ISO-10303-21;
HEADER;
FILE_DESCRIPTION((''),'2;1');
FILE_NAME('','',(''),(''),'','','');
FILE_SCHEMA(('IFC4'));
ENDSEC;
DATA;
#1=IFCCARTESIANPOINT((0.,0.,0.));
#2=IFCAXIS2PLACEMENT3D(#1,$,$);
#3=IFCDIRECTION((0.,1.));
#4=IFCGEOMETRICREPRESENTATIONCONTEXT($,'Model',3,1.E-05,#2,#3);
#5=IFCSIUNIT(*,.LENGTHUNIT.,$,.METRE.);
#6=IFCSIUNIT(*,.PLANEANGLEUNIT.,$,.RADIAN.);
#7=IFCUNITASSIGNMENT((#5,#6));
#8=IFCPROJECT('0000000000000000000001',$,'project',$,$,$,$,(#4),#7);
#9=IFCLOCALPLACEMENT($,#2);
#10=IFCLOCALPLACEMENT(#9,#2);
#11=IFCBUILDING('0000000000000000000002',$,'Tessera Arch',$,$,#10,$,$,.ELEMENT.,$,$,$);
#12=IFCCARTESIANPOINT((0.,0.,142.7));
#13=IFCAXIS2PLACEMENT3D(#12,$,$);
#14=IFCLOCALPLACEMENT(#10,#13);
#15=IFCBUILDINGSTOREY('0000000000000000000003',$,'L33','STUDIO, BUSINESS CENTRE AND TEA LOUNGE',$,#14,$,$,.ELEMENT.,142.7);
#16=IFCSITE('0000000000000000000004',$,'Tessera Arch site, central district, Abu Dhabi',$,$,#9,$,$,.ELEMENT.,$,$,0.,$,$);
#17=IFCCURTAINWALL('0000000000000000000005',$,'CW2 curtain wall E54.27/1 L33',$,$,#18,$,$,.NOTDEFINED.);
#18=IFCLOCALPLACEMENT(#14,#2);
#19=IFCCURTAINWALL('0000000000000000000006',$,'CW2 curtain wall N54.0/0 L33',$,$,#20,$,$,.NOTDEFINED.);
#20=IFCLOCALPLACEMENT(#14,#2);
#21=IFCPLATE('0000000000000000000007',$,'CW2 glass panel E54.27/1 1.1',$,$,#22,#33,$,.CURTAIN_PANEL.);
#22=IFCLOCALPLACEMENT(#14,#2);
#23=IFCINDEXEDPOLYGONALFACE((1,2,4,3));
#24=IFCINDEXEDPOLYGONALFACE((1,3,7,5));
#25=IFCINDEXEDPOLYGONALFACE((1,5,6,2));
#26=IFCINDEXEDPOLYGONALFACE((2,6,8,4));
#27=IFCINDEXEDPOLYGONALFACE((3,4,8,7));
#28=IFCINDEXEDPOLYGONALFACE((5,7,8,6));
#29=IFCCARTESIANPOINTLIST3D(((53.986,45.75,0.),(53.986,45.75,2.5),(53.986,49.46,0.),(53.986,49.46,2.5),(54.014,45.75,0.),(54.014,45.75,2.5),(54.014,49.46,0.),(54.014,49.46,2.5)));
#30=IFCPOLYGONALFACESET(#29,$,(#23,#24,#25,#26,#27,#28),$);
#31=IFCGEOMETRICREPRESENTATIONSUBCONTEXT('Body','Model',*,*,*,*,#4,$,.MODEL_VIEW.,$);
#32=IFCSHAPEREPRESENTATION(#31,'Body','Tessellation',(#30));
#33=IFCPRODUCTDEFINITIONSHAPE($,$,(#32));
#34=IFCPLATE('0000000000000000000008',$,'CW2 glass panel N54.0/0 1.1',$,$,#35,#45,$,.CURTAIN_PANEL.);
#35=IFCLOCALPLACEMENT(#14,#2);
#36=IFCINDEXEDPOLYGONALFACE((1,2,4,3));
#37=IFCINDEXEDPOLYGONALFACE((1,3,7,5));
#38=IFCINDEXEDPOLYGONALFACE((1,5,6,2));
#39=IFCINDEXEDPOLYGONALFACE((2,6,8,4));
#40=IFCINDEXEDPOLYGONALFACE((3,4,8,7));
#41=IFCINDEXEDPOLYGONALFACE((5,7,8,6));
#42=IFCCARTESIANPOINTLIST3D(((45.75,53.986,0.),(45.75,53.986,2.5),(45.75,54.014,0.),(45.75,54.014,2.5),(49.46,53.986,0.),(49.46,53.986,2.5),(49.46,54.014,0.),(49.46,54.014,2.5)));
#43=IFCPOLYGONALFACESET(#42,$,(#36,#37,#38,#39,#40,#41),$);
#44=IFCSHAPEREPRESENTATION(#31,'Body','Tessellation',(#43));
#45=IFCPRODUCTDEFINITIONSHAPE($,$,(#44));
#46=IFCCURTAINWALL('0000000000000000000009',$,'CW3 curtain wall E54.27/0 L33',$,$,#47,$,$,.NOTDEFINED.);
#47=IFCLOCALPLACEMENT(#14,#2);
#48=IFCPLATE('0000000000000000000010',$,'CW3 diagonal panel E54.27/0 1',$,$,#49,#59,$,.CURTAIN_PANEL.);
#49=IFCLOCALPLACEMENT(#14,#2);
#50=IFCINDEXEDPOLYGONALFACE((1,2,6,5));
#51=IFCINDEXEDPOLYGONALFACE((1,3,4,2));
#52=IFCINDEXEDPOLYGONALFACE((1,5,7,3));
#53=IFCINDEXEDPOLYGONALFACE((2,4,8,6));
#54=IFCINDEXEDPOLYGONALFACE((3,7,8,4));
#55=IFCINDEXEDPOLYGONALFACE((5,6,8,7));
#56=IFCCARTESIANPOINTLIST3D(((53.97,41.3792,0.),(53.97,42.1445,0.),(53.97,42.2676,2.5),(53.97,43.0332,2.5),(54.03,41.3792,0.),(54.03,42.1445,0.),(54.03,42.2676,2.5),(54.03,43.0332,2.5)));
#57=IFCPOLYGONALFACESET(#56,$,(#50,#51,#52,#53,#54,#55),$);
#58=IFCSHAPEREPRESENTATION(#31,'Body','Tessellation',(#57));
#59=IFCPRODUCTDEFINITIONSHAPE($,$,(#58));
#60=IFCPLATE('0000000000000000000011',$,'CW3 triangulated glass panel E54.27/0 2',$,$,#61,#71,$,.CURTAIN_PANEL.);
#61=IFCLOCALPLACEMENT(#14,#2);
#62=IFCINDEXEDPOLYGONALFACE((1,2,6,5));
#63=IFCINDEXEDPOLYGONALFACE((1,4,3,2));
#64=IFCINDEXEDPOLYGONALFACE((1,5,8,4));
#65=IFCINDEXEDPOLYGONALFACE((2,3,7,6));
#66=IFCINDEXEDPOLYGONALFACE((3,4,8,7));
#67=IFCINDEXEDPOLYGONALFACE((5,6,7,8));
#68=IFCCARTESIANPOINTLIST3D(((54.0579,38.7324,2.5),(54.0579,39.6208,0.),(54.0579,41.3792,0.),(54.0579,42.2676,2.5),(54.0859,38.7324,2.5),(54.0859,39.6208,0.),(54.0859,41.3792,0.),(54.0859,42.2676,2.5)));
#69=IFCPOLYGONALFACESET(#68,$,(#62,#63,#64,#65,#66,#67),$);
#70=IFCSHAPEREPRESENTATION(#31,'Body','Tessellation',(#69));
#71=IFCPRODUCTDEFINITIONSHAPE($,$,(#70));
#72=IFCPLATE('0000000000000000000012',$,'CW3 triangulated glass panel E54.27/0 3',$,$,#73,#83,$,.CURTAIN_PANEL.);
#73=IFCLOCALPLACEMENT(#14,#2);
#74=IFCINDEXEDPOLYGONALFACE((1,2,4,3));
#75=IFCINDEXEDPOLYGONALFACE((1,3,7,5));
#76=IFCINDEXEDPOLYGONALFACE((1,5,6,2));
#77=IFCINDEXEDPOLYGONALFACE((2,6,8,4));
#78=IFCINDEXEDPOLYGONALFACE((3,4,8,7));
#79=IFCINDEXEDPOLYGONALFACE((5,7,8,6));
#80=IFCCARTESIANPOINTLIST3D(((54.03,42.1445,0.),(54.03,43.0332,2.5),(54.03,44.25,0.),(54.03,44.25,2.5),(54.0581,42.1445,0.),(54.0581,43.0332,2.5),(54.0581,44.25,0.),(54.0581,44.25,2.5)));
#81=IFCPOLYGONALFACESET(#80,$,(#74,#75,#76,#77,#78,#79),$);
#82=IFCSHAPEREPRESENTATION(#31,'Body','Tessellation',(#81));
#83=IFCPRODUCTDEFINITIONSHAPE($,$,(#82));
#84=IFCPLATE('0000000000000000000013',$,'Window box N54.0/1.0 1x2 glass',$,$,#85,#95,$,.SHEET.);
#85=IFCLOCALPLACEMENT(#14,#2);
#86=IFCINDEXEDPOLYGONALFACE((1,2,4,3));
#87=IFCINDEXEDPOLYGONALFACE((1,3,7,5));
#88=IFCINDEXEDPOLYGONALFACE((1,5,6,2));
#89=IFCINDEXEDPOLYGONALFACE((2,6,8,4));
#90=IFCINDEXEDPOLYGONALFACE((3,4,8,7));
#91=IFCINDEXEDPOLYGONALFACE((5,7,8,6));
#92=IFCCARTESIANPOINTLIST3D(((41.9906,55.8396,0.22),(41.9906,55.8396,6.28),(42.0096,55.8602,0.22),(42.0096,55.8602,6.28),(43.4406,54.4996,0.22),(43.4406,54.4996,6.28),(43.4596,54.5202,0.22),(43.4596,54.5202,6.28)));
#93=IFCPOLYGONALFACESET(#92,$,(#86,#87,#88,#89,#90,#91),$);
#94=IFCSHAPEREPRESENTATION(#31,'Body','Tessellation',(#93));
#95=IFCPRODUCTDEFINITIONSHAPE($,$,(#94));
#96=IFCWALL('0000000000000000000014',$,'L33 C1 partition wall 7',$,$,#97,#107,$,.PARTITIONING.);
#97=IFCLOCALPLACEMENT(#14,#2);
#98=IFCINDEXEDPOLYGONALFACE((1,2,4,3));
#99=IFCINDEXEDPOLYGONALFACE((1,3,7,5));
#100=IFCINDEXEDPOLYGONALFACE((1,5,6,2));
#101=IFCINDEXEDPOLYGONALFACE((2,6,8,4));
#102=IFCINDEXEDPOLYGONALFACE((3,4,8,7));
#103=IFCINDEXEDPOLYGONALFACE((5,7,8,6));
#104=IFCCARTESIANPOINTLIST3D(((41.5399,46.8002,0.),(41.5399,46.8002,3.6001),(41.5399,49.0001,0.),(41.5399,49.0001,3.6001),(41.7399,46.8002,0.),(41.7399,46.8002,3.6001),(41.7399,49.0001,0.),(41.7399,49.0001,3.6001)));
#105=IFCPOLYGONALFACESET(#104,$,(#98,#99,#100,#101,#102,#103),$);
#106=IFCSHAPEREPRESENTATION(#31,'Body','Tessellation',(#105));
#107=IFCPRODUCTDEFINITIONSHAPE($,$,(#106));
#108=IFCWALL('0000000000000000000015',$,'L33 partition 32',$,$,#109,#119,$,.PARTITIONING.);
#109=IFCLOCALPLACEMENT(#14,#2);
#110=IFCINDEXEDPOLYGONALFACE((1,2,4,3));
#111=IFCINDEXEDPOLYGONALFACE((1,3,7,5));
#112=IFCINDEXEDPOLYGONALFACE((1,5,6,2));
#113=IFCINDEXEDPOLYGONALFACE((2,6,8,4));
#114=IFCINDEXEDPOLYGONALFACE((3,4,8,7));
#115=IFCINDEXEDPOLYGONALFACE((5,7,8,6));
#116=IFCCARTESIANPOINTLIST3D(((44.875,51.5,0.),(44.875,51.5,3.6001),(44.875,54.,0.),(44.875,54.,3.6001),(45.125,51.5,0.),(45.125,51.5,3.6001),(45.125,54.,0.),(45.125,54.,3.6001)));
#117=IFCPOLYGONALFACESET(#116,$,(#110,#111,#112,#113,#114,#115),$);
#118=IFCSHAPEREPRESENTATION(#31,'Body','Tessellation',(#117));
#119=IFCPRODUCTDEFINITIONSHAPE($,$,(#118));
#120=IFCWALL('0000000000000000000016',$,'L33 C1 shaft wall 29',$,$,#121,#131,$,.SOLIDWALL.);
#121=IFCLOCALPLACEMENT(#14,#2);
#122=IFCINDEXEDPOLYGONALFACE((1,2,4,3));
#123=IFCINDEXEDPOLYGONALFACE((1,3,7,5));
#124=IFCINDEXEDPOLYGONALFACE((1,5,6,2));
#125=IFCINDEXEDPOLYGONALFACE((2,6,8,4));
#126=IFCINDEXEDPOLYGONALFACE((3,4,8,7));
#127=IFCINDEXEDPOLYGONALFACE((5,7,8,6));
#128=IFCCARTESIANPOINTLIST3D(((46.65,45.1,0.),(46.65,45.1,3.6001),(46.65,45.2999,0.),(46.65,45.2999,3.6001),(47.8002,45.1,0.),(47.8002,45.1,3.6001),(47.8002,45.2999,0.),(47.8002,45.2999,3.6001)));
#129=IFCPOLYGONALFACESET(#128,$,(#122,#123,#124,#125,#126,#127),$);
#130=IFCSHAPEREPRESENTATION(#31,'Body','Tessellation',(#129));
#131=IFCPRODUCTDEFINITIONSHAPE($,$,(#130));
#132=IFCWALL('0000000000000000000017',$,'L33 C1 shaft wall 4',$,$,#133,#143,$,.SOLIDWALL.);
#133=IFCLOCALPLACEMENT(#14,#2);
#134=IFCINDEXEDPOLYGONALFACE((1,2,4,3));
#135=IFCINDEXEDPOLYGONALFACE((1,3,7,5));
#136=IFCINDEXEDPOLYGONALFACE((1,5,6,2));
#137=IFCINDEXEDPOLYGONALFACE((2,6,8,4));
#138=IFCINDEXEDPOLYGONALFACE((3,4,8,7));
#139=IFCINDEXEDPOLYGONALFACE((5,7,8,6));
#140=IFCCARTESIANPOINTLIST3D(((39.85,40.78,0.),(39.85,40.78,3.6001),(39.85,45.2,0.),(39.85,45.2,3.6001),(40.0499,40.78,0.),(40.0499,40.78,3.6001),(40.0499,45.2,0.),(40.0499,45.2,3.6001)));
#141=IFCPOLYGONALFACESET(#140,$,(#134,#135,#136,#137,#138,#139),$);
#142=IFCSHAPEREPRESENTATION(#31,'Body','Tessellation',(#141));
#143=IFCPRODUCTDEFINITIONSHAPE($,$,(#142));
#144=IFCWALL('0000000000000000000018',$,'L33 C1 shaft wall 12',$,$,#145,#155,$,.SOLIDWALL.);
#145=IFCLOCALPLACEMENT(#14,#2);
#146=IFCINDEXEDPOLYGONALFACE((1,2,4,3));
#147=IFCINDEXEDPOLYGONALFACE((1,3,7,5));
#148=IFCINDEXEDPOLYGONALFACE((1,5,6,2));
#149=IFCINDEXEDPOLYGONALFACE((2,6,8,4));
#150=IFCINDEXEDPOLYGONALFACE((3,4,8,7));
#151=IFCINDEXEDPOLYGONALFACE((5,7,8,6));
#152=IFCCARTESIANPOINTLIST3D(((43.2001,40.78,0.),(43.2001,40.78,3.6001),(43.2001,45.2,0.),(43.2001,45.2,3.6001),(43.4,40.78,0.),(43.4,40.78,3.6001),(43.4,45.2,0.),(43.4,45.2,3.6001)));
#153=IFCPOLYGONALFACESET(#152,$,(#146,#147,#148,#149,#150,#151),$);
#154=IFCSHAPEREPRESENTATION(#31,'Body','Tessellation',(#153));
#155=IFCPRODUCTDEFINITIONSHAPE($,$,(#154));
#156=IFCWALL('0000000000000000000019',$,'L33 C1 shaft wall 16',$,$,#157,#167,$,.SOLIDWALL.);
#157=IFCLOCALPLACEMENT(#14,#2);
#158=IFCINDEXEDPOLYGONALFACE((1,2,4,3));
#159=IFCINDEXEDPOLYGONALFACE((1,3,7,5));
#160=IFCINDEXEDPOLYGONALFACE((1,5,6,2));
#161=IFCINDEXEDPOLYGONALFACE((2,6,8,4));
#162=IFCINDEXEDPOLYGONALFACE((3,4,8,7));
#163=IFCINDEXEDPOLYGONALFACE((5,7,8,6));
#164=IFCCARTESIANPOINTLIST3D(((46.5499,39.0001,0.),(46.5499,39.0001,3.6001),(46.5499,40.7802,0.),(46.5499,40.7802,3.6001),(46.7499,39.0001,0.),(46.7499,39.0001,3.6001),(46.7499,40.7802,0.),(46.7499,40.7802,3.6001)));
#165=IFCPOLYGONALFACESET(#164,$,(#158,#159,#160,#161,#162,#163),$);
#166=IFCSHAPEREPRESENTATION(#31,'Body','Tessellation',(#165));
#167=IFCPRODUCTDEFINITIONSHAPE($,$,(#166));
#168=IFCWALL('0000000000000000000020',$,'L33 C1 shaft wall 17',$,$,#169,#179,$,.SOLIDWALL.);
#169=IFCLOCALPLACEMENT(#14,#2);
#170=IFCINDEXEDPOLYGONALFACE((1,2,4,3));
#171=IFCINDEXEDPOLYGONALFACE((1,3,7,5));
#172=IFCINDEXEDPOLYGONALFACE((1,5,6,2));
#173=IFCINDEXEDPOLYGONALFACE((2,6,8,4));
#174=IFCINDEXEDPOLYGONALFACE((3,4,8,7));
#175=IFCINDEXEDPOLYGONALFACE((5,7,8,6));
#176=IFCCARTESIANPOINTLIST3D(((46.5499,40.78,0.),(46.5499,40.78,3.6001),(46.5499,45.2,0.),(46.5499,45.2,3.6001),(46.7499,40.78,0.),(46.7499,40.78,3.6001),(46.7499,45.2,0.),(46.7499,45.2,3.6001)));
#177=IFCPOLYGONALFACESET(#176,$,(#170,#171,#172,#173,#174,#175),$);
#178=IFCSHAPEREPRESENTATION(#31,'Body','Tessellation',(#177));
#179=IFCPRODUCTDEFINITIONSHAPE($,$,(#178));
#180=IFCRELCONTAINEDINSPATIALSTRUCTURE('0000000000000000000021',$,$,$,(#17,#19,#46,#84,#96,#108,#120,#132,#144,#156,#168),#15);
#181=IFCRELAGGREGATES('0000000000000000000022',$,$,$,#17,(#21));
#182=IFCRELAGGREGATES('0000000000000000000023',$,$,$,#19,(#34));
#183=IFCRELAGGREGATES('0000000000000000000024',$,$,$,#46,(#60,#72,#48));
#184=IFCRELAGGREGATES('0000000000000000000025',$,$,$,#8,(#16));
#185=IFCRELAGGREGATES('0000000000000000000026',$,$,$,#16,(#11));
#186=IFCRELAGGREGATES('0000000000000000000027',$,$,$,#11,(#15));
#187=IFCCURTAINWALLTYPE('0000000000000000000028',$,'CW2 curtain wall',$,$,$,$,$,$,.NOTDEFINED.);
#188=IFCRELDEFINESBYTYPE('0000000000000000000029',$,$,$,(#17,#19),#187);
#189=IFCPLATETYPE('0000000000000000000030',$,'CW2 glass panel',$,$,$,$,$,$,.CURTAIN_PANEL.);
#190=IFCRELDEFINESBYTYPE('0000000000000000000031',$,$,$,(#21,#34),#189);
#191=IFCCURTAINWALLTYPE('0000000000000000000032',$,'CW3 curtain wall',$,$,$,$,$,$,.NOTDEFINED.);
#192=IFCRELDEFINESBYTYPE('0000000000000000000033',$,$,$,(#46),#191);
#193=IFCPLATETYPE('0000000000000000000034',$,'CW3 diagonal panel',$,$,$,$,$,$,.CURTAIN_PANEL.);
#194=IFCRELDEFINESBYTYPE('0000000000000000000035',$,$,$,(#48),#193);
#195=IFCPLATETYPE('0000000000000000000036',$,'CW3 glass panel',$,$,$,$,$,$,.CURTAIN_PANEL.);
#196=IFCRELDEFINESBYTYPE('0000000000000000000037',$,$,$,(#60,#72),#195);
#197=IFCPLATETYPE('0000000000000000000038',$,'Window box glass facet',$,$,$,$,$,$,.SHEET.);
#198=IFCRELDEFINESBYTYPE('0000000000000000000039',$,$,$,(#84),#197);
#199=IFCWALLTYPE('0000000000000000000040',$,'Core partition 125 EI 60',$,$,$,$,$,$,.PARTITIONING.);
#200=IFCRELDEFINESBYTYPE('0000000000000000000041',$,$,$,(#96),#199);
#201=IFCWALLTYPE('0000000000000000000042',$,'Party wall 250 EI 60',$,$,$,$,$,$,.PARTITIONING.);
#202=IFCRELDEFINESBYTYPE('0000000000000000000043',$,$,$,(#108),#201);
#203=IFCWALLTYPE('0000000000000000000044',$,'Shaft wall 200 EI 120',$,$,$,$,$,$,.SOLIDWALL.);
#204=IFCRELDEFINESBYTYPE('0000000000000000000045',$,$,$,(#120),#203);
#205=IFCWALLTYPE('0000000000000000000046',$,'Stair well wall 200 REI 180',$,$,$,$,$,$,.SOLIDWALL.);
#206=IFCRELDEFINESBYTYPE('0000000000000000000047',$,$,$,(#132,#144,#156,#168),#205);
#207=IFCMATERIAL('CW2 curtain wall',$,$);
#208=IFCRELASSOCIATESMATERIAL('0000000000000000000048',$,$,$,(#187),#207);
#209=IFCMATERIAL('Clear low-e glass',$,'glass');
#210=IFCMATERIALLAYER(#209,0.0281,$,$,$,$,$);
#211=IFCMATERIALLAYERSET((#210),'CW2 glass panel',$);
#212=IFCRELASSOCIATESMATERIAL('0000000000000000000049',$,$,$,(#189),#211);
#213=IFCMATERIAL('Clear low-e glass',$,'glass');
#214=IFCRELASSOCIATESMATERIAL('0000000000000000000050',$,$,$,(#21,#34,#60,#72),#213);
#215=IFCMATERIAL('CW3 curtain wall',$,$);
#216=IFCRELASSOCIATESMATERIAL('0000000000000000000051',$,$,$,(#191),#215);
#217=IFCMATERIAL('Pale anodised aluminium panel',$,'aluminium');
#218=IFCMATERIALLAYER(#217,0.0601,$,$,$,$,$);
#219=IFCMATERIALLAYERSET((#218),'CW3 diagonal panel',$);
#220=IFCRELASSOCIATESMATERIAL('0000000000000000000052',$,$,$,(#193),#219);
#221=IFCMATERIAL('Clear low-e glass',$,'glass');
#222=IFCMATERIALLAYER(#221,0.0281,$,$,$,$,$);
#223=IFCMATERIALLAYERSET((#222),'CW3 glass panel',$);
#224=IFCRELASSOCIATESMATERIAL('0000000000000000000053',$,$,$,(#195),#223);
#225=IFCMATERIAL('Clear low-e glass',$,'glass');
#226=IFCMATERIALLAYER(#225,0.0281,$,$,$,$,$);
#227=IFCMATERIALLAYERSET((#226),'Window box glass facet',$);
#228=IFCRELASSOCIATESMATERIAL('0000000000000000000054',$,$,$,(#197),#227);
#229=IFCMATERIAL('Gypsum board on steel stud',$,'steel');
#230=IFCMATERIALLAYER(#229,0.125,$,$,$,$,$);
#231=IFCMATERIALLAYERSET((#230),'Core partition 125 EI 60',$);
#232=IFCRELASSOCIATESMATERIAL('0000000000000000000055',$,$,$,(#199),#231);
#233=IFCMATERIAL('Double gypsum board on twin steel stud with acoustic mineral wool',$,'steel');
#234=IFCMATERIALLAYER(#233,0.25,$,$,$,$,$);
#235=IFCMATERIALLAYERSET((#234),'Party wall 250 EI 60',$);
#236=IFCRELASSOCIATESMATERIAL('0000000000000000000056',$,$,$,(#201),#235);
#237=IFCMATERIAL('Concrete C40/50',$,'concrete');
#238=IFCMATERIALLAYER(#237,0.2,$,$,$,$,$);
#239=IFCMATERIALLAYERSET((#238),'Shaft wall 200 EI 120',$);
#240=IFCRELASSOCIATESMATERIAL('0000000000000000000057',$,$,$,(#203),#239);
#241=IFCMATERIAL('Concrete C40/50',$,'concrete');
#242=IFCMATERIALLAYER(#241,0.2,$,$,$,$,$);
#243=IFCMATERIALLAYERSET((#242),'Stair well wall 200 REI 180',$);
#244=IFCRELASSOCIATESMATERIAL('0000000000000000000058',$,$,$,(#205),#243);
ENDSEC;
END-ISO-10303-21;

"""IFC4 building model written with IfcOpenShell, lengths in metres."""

from ifc_helpers import new_model, si_unit, direction, frame, frame_2d, origin, origin_2d, place, context, subcontext, project, spatial, polyline, rectangle, outline, extrude, material, layer, layer_set, type_object, element, aggregate, save


model = new_model("IFC4")

# Units and contexts
model_context = context("Model", 3, precision=1e-05, world=origin(), true_north=direction((0.0, 1.0)))
body_context = subcontext(model_context, "Body", "Model", "MODEL_VIEW")
ifc_project = project(units=[si_unit("LENGTHUNIT", "METRE"), si_unit("PLANEANGLEUNIT", "RADIAN")], contexts=[model_context])

# Site, building, storey
site_placement = place(None, origin())
site = spatial("IfcSite", under=ifc_project, at=site_placement, Name="Tessera Arch site, central district, Abu Dhabi", CompositionType="ELEMENT", RefElevation=0.0)
building_placement = place(site_placement, origin())
building = spatial("IfcBuilding", under=site, at=building_placement, Name="Tessera Arch", CompositionType="ELEMENT")
storey_placement = place(building_placement, frame((0.0, 0.0, 142.7)))
storey = spatial("IfcBuildingStorey", under=building, at=storey_placement, Name="L33", Description="STUDIO, BUSINESS CENTRE AND TEA LOUNGE", CompositionType="ELEMENT", Elevation=142.7)

# Curtain walls
ifc_material_1 = material(Name="CW2 curtain wall")
curtain_wall_type_1 = type_object("IfcCurtainWallType", Name="CW2 curtain wall", PredefinedType="NOTDEFINED", material=ifc_material_1)
curtain_wall_1_placement = place(storey_placement, origin())
curtain_wall_1 = element("IfcCurtainWall", 1, at=curtain_wall_1_placement, inside=storey, type_object=curtain_wall_type_1, Name="CW2 curtain wall E54.27/1 L33", PredefinedType="NOTDEFINED")
curtain_wall_2_placement = place(storey_placement, origin())
curtain_wall_2 = element("IfcCurtainWall", 2, at=curtain_wall_2_placement, inside=storey, type_object=curtain_wall_type_1, Name="CW2 curtain wall N54.0/0 L33", PredefinedType="NOTDEFINED")

# Plates
ifc_material_2 = material(Name="Clear low-e glass", Category="glass")
ifc_material_3 = material(Name="Clear low-e glass", Category="glass")
ifc_layer_1 = layer(ifc_material_3, 0.0281)
ifc_layer_set_1 = layer_set([ifc_layer_1], Name="CW2 glass panel")
plate_type_1 = type_object("IfcPlateType", Name="CW2 glass panel", PredefinedType="CURTAIN_PANEL", material=ifc_layer_set_1)
plate_1_placement = place(storey_placement, frame((54.0, 47.605, 0.0), z_axis=(0.0, 0.0, 1.0), x_axis=(0.0, 1.0, 0.0)))
plate_1 = element("IfcPlate", 3, at=plate_1_placement, type_object=plate_type_1, material=ifc_material_2, Name="CW2 glass panel E54.27/1 1.1", PredefinedType="CURTAIN_PANEL", context=body_context, shape_type="SweptSolid", body=[
    extrude(rectangle(XDim=3.71, YDim=0.0281, at=origin_2d()), origin(), (0.0, 0.0, 1.0), 2.5),
])
aggregate(curtain_wall_1, [plate_1])
plate_2_placement = place(storey_placement, frame((47.605, 54.0, 0.0), z_axis=(0.0, 0.0, 1.0), x_axis=(-1.0, 0.0, 0.0)))
plate_2 = element("IfcPlate", 4, at=plate_2_placement, type_object=plate_type_1, material=ifc_material_2, Name="CW2 glass panel N54.0/0 1.1", PredefinedType="CURTAIN_PANEL", context=body_context, shape_type="SweptSolid", body=[
    extrude(rectangle(XDim=3.71, YDim=0.0281, at=origin_2d()), origin(), (0.0, 0.0, 1.0), 2.5),
])
aggregate(curtain_wall_2, [plate_2])

# Curtain wall, plates
ifc_material_4 = material(Name="CW3 curtain wall")
curtain_wall_type_2 = type_object("IfcCurtainWallType", Name="CW3 curtain wall", PredefinedType="NOTDEFINED", material=ifc_material_4)
curtain_wall_3_placement = place(storey_placement, origin())
curtain_wall_3 = element("IfcCurtainWall", 5, at=curtain_wall_3_placement, inside=storey, type_object=curtain_wall_type_2, Name="CW3 curtain wall E54.27/0 L33", PredefinedType="NOTDEFINED")
ifc_material_5 = material(Name="Pale anodised aluminium panel", Category="aluminium")
ifc_layer_2 = layer(ifc_material_5, 0.0601)
ifc_layer_set_2 = layer_set([ifc_layer_2], Name="CW3 diagonal panel")
plate_type_2 = type_object("IfcPlateType", Name="CW3 diagonal panel", PredefinedType="CURTAIN_PANEL", material=ifc_layer_set_2)
plate_3_placement = place(storey_placement, frame((54.03, 43.0332, 2.5), z_axis=(1.0, 0.0, 0.0), x_axis=(0.0, -1.0, 0.0)))
plate_3 = element("IfcPlate", 6, at=plate_3_placement, type_object=plate_type_2, Name="CW3 diagonal panel E54.27/0 1", PredefinedType="CURTAIN_PANEL", context=body_context, shape_type="SweptSolid", body=[
    extrude(outline(polyline([(0.0, 0.0), (0.7656, 0.0), (1.6541, 2.5), (0.8887, 2.5), (0.0, 0.0)])), origin(), (0.0, 0.0, -1.0), 0.0601),
])
ifc_material_6 = material(Name="Clear low-e glass", Category="glass")
ifc_layer_3 = layer(ifc_material_6, 0.0281)
ifc_layer_set_3 = layer_set([ifc_layer_3], Name="CW3 glass panel")
plate_type_3 = type_object("IfcPlateType", Name="CW3 glass panel", PredefinedType="CURTAIN_PANEL", material=ifc_layer_set_3)
plate_4_placement = place(storey_placement, frame((54.0859, 42.2676, 2.5), z_axis=(1.0, 0.0, 0.0), x_axis=(0.0, -1.0, 0.0)))
plate_4 = element("IfcPlate", 7, at=plate_4_placement, type_object=plate_type_3, material=ifc_material_2, Name="CW3 triangulated glass panel E54.27/0 2", PredefinedType="CURTAIN_PANEL", context=body_context, shape_type="SweptSolid", body=[
    extrude(outline(polyline([(0.0, 0.0), (3.5352, 0.0), (2.6467, 2.5), (0.8884, 2.5), (0.0, 0.0)])), origin(), (0.0, 0.0, -1.0), 0.0281),
])
plate_5_placement = place(storey_placement, frame((54.0581, 44.25, 2.5), z_axis=(1.0, 0.0, 0.0), x_axis=(0.0, -1.0, 0.0)))
plate_5 = element("IfcPlate", 8, at=plate_5_placement, type_object=plate_type_3, material=ifc_material_2, Name="CW3 triangulated glass panel E54.27/0 3", PredefinedType="CURTAIN_PANEL", context=body_context, shape_type="SweptSolid", body=[
    extrude(outline(polyline([(0.0, 0.0), (1.2168, 0.0), (2.1055, 2.5), (0.0, 2.5), (0.0, 0.0)])), origin(), (0.0, 0.0, -1.0), 0.0281),
])
aggregate(curtain_wall_3, [plate_4, plate_5, plate_3])

# Plate
ifc_material_7 = material(Name="Clear low-e glass", Category="glass")
ifc_layer_4 = layer(ifc_material_7, 0.0281)
ifc_layer_set_4 = layer_set([ifc_layer_4], Name="Window box glass facet")
plate_type_4 = type_object("IfcPlateType", Name="Window box glass facet", PredefinedType="SHEET", material=ifc_layer_set_4)
plate_6_placement = place(storey_placement, frame((42.7251, 55.1799, 0.22), z_axis=(0.0, 0.0, 1.0), x_axis=(-0.734415, 0.678701, 0.0)))
element("IfcPlate", 9, at=plate_6_placement, inside=storey, type_object=plate_type_4, Name="Window box N54.0/1.0 1x2 glass", PredefinedType="SHEET", context=body_context, shape_type="SweptSolid", body=[
    extrude(rectangle(XDim=1.9744, YDim=0.0281, at=origin_2d()), origin(), (0.0, 0.0, 1.0), 6.0601),
])

# Walls
ifc_material_8 = material(Name="Gypsum board on steel stud", Category="steel")
ifc_layer_5 = layer(ifc_material_8, 0.125)
ifc_layer_set_5 = layer_set([ifc_layer_5], Name="Core partition 125 EI 60")
wall_type_1 = type_object("IfcWallType", Name="Core partition 125 EI 60", PredefinedType="PARTITIONING", material=ifc_layer_set_5)
wall_1_placement = place(storey_placement, frame((41.6399, 46.8, 0.0), z_axis=(0.0, 0.0, 1.0), x_axis=(0.0, 1.0, 0.0)))
element("IfcWall", 10, at=wall_1_placement, inside=storey, type_object=wall_type_1, Name="L33 C1 partition wall 7", PredefinedType="PARTITIONING", context=body_context, shape_type="SweptSolid", body=[
    extrude(rectangle(XDim=2.2, YDim=0.2, at=frame_2d((1.1001, 0.0))), origin(), (0.0, 0.0, 1.0), 3.6001),
])
ifc_material_9 = material(Name="Double gypsum board on twin steel stud with acoustic mineral wool", Category="steel")
ifc_layer_6 = layer(ifc_material_9, 0.25)
ifc_layer_set_6 = layer_set([ifc_layer_6], Name="Party wall 250 EI 60")
wall_type_2 = type_object("IfcWallType", Name="Party wall 250 EI 60", PredefinedType="PARTITIONING", material=ifc_layer_set_6)
wall_2_placement = place(storey_placement, frame((45.0, 51.5, 0.0), z_axis=(0.0, 0.0, 1.0), x_axis=(0.0, 1.0, 0.0)))
element("IfcWall", 11, at=wall_2_placement, inside=storey, type_object=wall_type_2, Name="L33 partition 32", PredefinedType="PARTITIONING", context=body_context, shape_type="SweptSolid", body=[
    extrude(rectangle(XDim=2.5, YDim=0.25, at=frame_2d((1.25, 0.0))), origin(), (0.0, 0.0, 1.0), 3.6001),
])
ifc_material_10 = material(Name="Concrete C40/50", Category="concrete")
ifc_layer_7 = layer(ifc_material_10, 0.2)
ifc_layer_set_7 = layer_set([ifc_layer_7], Name="Shaft wall 200 EI 120")
wall_type_3 = type_object("IfcWallType", Name="Shaft wall 200 EI 120", PredefinedType="SOLIDWALL", material=ifc_layer_set_7)
wall_3_placement = place(storey_placement, frame((46.6499, 45.2, 0.0), z_axis=(0.0, 0.0, 1.0), x_axis=(1.0, 0.0, 0.0)))
element("IfcWall", 12, at=wall_3_placement, inside=storey, type_object=wall_type_3, Name="L33 C1 shaft wall 29", PredefinedType="SOLIDWALL", context=body_context, shape_type="SweptSolid", body=[
    extrude(rectangle(XDim=1.1501, YDim=0.2, at=frame_2d((0.5752, 0.0))), origin(), (0.0, 0.0, 1.0), 3.6001),
])
ifc_material_11 = material(Name="Concrete C40/50", Category="concrete")
ifc_layer_8 = layer(ifc_material_11, 0.2)
ifc_layer_set_8 = layer_set([ifc_layer_8], Name="Stair well wall 200 REI 180")
wall_type_4 = type_object("IfcWallType", Name="Stair well wall 200 REI 180", PredefinedType="SOLIDWALL", material=ifc_layer_set_8)
for number, where, z_axis, x_axis, name in (
    (13, (39.95, 40.78, 0.0), (0.0, 0.0, 1.0), (0.0, 1.0, 0.0), "L33 C1 shaft wall 4"),
    (14, (43.3, 40.78, 0.0), (0.0, 0.0, 1.0), (0.0, 1.0, 0.0), "L33 C1 shaft wall 12"),
):
    element("IfcWall", number, at=place(storey_placement, frame(where, z_axis=z_axis, x_axis=x_axis)), inside=storey, type_object=wall_type_4, Name=name, PredefinedType="SOLIDWALL", context=body_context, shape_type="SweptSolid", body=[
        extrude(rectangle(XDim=4.4199, YDim=0.2, at=frame_2d((2.21, 0.0))), origin(), (0.0, 0.0, 1.0), 3.6001),
    ])
wall_4_placement = place(storey_placement, frame((46.6499, 39.0, 0.0), z_axis=(0.0, 0.0, 1.0), x_axis=(0.0, 1.0, 0.0)))
element("IfcWall", 15, at=wall_4_placement, inside=storey, type_object=wall_type_4, Name="L33 C1 shaft wall 16", PredefinedType="SOLIDWALL", context=body_context, shape_type="SweptSolid", body=[
    extrude(rectangle(XDim=1.78, YDim=0.2, at=frame_2d((0.8901, 0.0))), origin(), (0.0, 0.0, 1.0), 3.6001),
])
wall_5_placement = place(storey_placement, frame((46.6499, 40.78, 0.0), z_axis=(0.0, 0.0, 1.0), x_axis=(0.0, 1.0, 0.0)))
element("IfcWall", 16, at=wall_5_placement, inside=storey, type_object=wall_type_4, Name="L33 C1 shaft wall 17", PredefinedType="SOLIDWALL", context=body_context, shape_type="SweptSolid", body=[
    extrude(rectangle(XDim=4.4199, YDim=0.2, at=frame_2d((2.21, 0.0))), origin(), (0.0, 0.0, 1.0), 3.6001),
])

save(model, "model.ifc")
